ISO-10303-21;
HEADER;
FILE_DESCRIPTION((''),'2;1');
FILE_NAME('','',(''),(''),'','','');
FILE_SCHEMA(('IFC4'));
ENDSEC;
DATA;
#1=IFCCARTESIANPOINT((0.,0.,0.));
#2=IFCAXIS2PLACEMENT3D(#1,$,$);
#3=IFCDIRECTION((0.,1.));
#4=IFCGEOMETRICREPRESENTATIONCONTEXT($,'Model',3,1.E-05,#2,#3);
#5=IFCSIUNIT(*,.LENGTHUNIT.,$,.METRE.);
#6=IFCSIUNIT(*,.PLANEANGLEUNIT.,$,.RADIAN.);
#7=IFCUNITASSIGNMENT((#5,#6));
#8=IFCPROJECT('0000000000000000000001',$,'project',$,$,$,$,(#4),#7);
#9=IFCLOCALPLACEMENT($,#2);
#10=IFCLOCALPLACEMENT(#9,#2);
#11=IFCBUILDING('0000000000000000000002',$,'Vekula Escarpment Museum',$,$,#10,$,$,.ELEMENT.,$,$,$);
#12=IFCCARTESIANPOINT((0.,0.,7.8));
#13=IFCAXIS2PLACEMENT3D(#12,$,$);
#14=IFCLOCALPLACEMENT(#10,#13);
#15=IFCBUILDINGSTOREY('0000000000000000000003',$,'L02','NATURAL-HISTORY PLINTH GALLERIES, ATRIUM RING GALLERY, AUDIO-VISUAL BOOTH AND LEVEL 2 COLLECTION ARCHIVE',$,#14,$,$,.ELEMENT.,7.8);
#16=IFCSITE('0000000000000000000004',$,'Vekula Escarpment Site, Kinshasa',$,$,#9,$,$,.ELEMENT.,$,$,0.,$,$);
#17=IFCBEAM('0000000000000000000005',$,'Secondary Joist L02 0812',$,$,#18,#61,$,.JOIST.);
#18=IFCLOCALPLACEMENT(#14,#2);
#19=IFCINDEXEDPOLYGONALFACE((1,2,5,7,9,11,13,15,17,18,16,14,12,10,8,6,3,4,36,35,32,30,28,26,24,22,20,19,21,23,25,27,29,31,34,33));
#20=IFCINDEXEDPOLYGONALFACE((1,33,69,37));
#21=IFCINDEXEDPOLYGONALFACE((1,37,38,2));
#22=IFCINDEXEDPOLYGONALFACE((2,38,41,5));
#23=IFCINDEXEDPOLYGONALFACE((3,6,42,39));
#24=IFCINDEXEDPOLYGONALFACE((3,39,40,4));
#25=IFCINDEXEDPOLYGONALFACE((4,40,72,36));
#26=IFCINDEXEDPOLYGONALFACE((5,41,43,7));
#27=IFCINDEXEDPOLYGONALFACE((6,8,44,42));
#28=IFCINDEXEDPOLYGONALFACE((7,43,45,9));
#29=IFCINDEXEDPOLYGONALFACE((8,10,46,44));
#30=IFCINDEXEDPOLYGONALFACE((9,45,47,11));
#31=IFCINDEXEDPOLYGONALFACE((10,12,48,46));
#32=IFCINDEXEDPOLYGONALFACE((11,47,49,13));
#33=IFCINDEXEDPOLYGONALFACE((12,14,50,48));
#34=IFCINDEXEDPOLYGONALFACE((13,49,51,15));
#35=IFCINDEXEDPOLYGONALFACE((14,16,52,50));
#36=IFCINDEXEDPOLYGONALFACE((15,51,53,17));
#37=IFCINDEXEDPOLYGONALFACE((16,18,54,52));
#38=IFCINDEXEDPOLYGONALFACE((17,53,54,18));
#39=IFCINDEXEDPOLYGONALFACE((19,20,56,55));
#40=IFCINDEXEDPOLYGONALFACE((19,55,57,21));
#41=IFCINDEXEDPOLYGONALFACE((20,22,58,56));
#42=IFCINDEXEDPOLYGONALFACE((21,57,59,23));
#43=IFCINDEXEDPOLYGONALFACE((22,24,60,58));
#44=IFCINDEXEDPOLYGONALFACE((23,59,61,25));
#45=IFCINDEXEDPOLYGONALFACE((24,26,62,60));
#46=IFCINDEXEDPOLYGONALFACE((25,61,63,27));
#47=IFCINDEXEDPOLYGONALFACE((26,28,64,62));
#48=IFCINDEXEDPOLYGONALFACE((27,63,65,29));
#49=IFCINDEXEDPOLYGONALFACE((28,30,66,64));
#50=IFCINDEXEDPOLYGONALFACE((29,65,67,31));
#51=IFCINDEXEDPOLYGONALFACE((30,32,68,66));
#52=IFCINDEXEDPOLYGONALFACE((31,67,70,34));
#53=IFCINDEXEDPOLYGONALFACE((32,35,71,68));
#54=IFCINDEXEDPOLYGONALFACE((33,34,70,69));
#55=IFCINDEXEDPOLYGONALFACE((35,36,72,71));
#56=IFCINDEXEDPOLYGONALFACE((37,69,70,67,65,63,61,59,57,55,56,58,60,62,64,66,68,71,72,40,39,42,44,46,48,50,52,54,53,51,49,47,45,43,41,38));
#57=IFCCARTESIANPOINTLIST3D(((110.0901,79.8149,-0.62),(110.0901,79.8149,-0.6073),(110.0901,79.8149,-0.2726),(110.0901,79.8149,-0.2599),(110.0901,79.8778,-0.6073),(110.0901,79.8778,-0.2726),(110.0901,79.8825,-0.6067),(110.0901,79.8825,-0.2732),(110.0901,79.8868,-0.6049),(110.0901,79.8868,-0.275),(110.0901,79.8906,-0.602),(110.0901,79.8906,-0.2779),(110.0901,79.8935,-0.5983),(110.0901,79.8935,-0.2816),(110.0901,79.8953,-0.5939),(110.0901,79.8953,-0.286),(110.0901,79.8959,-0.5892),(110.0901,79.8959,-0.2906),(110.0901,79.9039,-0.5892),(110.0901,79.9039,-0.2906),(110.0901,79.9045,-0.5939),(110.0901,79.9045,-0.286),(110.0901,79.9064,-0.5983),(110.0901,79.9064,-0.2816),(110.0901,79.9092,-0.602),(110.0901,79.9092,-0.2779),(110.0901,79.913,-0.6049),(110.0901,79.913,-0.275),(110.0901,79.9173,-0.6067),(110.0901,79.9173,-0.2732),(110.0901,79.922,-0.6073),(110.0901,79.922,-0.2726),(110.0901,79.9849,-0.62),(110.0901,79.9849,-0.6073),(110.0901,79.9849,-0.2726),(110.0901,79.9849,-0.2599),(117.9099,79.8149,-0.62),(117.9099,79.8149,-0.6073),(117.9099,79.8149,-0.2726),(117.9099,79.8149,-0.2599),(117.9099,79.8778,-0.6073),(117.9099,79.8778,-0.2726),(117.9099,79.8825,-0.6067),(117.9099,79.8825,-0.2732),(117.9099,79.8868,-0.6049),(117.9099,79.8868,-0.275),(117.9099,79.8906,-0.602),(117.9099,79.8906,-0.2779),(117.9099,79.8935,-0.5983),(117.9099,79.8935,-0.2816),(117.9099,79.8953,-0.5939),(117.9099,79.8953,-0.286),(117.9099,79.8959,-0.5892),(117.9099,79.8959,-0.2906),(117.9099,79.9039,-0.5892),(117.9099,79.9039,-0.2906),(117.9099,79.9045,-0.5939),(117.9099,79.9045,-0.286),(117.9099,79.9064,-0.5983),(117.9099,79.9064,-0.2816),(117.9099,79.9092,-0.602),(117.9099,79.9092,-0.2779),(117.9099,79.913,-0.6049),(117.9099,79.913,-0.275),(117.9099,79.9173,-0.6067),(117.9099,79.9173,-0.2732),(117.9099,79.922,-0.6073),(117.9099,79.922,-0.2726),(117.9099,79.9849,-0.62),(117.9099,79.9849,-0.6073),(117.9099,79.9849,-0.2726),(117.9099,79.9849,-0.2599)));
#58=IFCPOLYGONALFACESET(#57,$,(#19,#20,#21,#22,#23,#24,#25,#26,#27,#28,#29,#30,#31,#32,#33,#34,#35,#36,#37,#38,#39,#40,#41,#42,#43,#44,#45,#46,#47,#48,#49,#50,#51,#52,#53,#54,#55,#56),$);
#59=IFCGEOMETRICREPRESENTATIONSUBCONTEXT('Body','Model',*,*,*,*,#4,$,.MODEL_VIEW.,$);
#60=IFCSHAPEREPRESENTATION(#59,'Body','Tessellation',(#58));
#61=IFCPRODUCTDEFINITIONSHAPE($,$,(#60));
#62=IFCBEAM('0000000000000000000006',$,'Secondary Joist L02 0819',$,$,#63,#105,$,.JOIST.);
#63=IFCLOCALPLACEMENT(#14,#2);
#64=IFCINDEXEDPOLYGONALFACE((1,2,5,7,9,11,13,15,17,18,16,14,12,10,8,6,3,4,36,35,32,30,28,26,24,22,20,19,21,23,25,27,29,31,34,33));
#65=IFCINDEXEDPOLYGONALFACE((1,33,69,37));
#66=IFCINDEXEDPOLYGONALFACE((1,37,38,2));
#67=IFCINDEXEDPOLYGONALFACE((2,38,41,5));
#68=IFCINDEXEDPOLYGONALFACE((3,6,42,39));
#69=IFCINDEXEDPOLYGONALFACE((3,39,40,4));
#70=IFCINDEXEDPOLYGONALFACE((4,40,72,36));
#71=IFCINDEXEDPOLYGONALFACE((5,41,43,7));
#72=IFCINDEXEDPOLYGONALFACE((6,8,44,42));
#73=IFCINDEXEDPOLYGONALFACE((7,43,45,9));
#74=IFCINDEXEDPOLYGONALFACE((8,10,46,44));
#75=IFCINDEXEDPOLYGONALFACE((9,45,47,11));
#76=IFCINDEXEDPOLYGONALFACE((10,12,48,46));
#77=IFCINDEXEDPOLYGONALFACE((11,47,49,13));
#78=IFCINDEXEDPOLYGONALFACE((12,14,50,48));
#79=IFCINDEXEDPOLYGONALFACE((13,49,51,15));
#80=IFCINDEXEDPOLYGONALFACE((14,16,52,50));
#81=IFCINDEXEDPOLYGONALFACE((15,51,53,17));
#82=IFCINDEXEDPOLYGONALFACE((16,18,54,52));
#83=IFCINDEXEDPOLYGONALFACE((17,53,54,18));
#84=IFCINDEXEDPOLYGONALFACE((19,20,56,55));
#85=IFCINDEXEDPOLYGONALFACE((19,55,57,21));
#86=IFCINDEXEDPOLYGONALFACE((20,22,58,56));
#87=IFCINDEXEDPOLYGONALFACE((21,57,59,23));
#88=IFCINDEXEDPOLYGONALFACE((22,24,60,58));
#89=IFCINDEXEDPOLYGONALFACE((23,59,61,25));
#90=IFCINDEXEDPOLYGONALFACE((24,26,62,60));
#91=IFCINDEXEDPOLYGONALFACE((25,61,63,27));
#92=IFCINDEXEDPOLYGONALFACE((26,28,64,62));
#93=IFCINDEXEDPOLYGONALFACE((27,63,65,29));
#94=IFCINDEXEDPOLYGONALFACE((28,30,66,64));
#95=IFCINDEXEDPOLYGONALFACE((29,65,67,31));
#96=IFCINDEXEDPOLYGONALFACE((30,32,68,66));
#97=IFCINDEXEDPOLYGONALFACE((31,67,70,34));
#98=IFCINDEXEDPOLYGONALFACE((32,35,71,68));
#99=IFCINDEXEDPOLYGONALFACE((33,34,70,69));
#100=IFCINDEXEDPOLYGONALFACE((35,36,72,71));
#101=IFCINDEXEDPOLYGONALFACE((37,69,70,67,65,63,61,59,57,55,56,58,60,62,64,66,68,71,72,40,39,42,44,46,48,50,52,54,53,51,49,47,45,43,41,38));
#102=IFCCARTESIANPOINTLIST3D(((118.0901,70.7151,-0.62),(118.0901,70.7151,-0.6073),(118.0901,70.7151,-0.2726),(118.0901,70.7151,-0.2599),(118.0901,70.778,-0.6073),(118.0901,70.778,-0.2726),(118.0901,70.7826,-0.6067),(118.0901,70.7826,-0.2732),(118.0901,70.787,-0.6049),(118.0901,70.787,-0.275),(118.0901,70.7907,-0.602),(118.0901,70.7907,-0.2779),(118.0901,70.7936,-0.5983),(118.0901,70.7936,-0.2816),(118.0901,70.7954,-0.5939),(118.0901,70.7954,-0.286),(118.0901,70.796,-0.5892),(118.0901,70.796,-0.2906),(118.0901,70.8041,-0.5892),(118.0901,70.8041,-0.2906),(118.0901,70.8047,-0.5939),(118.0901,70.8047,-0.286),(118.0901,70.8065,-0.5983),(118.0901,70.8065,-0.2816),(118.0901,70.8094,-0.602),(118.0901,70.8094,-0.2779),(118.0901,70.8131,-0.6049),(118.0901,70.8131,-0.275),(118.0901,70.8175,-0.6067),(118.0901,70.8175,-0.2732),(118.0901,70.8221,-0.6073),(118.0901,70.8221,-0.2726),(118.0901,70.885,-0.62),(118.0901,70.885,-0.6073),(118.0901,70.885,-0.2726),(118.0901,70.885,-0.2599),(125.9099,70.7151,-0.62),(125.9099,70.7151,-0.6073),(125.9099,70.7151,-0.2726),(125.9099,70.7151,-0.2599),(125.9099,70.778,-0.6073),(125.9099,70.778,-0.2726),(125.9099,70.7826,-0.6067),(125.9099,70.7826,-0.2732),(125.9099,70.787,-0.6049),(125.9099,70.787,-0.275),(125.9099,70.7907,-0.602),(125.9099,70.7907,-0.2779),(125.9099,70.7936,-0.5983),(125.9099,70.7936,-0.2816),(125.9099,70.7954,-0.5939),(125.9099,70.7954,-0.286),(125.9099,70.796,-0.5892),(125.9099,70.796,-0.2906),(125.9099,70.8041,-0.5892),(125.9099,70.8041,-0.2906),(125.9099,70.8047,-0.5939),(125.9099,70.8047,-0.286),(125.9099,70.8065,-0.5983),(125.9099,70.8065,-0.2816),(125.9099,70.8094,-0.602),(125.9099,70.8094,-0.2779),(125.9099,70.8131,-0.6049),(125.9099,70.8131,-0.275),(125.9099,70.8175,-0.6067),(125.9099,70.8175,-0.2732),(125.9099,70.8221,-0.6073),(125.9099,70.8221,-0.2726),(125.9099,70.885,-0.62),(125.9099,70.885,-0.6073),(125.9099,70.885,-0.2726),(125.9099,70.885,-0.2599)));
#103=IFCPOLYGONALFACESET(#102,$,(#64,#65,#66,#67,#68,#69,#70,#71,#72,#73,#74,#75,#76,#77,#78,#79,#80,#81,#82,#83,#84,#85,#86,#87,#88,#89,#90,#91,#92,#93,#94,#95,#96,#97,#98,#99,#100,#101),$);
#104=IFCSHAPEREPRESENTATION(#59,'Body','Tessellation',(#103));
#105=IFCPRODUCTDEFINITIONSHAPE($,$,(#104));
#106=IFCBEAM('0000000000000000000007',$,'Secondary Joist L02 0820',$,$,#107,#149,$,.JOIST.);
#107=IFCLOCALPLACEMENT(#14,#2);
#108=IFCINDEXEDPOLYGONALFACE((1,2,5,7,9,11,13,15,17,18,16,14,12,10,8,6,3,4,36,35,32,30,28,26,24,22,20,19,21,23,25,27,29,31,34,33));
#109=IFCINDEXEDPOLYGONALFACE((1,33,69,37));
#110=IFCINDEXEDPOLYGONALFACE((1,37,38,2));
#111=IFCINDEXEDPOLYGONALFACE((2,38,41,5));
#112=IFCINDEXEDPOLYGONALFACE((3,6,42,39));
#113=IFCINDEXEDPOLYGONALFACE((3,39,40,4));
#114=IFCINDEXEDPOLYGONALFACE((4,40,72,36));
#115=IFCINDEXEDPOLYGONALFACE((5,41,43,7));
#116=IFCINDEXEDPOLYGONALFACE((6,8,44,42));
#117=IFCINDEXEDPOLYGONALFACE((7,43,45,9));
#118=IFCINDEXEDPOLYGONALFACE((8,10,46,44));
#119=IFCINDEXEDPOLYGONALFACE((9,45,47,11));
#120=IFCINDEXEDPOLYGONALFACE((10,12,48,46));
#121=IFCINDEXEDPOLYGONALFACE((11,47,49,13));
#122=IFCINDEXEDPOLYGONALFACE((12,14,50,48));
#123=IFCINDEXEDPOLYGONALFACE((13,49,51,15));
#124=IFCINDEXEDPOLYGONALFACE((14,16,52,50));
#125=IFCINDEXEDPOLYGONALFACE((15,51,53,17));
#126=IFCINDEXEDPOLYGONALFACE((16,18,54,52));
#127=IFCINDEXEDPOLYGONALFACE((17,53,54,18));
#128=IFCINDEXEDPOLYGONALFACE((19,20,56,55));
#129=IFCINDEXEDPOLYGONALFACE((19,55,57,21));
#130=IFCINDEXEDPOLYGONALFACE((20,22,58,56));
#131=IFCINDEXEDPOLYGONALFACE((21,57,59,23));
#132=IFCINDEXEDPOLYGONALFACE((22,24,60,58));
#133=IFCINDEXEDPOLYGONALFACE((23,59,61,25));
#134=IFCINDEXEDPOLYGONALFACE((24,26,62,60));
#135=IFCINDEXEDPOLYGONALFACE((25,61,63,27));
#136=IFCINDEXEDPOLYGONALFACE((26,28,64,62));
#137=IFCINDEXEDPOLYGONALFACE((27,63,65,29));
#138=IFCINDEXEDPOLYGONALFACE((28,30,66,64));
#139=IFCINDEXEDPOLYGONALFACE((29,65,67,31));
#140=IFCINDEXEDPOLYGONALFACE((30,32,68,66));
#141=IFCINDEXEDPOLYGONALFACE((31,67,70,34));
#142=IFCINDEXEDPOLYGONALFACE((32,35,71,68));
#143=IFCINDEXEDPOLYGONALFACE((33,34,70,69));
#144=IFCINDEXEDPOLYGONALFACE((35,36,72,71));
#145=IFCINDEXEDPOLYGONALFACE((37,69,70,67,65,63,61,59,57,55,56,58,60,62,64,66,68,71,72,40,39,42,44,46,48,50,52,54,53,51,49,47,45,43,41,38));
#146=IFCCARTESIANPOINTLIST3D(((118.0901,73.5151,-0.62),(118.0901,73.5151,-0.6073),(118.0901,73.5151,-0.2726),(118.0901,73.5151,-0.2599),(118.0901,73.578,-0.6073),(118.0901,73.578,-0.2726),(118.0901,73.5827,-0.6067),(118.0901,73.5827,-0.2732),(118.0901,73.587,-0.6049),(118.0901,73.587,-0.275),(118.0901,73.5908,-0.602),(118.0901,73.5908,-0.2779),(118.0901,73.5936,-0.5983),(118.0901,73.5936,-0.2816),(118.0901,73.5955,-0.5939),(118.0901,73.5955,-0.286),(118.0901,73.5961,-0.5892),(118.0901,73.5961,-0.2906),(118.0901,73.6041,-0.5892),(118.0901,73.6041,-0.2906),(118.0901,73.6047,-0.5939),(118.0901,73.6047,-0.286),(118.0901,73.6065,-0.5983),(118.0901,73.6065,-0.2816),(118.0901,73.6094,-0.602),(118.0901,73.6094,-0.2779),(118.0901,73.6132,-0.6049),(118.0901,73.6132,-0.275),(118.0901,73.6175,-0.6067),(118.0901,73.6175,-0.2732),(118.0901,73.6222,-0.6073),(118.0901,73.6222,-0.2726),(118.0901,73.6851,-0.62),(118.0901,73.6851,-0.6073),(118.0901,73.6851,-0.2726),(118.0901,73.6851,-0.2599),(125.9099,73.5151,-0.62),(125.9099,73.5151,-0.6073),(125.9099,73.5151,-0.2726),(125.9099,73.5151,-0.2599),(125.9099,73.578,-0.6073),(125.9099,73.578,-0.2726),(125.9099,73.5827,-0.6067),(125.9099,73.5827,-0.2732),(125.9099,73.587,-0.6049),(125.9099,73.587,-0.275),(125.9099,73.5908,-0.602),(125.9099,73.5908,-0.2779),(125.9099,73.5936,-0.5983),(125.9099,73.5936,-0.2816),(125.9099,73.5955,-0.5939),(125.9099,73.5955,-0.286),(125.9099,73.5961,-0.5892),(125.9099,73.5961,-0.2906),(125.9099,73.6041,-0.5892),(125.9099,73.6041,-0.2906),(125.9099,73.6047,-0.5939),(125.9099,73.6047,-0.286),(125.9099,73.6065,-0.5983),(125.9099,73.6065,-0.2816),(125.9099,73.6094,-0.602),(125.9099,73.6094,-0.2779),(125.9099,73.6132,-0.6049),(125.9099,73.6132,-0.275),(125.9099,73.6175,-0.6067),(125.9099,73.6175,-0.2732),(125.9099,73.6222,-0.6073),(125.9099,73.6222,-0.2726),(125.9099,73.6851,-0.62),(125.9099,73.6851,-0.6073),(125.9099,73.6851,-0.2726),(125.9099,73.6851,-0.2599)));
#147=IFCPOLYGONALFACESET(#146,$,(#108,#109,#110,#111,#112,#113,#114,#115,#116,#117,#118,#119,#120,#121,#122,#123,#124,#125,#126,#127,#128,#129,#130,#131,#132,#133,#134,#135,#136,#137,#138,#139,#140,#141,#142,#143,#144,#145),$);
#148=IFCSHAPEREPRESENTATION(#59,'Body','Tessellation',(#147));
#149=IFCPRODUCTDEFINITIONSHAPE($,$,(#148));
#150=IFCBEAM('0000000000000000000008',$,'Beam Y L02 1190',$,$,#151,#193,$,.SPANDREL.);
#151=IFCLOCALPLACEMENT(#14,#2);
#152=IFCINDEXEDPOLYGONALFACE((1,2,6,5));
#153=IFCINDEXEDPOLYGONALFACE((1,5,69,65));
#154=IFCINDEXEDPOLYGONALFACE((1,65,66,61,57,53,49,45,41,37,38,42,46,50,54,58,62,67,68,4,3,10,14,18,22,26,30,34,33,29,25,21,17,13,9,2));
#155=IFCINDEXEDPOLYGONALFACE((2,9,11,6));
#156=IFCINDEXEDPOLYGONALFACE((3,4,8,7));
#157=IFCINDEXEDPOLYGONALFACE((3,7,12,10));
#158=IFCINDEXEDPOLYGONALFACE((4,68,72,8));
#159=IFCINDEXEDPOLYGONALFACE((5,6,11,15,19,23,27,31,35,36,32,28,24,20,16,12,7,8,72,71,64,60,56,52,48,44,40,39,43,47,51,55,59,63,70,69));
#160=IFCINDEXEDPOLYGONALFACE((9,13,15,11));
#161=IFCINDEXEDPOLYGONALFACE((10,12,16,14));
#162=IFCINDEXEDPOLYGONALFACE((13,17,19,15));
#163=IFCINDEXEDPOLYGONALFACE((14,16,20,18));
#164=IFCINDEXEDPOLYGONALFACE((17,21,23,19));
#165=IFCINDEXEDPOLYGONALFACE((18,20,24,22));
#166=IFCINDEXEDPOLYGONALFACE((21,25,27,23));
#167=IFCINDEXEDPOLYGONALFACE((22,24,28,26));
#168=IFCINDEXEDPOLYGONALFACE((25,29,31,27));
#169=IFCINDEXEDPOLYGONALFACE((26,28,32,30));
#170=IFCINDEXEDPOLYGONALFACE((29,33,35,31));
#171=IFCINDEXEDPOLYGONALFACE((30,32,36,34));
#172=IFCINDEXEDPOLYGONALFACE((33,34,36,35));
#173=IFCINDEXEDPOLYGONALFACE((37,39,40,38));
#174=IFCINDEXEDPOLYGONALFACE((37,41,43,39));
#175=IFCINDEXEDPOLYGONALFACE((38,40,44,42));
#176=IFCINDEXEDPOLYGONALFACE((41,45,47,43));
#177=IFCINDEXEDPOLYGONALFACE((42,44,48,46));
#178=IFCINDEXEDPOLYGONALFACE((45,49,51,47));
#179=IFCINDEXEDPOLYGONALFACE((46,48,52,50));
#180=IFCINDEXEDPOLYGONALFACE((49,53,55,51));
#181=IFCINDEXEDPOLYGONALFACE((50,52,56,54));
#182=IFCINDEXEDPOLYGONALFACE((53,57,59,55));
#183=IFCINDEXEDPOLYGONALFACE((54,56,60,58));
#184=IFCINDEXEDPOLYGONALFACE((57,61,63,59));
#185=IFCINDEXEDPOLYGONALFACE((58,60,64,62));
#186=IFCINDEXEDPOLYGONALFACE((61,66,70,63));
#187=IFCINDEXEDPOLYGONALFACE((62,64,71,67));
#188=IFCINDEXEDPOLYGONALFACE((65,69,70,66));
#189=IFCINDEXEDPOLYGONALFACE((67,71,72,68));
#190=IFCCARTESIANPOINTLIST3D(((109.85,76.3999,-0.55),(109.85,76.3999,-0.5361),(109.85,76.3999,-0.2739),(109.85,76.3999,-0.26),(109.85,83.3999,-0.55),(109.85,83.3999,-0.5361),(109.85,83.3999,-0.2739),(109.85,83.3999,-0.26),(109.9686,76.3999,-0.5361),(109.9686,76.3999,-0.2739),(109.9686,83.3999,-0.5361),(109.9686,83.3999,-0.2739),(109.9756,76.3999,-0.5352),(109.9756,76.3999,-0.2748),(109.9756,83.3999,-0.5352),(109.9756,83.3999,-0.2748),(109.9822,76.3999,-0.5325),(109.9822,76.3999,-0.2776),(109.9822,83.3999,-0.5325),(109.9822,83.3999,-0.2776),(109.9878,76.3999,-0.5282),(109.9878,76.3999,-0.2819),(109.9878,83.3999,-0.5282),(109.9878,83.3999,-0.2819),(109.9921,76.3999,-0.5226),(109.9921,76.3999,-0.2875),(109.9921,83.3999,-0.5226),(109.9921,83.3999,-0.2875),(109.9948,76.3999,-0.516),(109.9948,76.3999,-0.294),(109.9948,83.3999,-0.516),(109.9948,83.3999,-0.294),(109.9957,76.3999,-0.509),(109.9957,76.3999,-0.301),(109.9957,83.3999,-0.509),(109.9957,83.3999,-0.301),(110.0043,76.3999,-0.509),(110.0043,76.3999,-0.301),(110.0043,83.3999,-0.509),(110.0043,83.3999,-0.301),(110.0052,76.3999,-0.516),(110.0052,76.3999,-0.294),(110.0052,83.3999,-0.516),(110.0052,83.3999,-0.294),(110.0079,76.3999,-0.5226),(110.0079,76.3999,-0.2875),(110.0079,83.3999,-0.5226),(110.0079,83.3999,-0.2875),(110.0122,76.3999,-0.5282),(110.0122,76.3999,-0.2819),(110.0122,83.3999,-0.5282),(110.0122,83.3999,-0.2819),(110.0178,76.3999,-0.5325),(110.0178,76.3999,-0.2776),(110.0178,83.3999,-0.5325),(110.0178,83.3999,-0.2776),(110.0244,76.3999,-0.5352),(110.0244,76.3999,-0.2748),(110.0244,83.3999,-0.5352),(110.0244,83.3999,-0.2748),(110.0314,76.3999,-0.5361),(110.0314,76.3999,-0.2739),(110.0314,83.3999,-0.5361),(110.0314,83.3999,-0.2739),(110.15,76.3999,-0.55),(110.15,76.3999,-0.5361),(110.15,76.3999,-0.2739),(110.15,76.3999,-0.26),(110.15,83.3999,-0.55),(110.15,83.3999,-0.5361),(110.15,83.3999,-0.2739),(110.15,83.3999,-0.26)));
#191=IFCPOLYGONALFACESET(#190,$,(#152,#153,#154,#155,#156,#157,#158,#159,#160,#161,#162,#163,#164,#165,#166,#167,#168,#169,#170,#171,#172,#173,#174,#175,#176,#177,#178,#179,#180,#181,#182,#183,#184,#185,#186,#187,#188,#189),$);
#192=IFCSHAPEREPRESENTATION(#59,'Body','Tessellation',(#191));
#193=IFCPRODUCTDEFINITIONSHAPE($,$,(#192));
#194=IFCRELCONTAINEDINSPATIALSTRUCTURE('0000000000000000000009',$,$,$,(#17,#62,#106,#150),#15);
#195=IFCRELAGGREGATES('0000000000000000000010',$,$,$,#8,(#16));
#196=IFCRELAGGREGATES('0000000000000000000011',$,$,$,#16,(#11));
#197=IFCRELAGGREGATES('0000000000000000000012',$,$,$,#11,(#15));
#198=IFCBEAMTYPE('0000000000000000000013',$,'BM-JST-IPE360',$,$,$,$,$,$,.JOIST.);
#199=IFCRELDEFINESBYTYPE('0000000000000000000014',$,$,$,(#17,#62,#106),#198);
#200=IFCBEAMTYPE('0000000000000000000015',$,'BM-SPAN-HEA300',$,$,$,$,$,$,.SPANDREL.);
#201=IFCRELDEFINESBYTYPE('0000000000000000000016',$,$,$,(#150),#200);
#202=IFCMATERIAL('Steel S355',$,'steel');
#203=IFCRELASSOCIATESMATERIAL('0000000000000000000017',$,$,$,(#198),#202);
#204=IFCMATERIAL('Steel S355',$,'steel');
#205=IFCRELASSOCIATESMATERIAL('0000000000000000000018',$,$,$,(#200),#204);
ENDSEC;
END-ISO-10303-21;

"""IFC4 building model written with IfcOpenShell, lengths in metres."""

from ifc_helpers import new_model, si_unit, direction, frame, origin, origin_2d, place, context, subcontext, project, spatial, i_section, extrude, material, material_profile, profile_set, type_object, element, save


model = new_model("IFC4")

# Units and contexts
model_context = context("Model", 3, precision=1e-05, world=origin(), true_north=direction((0.0, 1.0)))
body_context = subcontext(model_context, "Body", "Model", "MODEL_VIEW")
ifc_project = project(units=[si_unit("LENGTHUNIT", "METRE"), si_unit("PLANEANGLEUNIT", "RADIAN")], contexts=[model_context])

# Site, building, storey
site_placement = place(None, origin())
site = spatial("IfcSite", under=ifc_project, at=site_placement, Name="Vekula Escarpment Site, Kinshasa", CompositionType="ELEMENT", RefElevation=0.0)
building_placement = place(site_placement, origin())
building = spatial("IfcBuilding", under=site, at=building_placement, Name="Vekula Escarpment Museum", CompositionType="ELEMENT")
storey_placement = place(building_placement, frame((0.0, 0.0, 7.8)))
storey = spatial("IfcBuildingStorey", under=building, at=storey_placement, Name="L02", Description="NATURAL-HISTORY PLINTH GALLERIES, ATRIUM RING GALLERY, AUDIO-VISUAL BOOTH AND LEVEL 2 COLLECTION ARCHIVE", CompositionType="ELEMENT", Elevation=7.8)

# Beams
ifc_material_1 = material(Name="Steel S355", Category="steel")
ifc_material_profile_1 = material_profile(ifc_material_1, i_section(OverallWidth=0.1699, OverallDepth=0.3601, WebThickness=0.0081, FlangeThickness=0.0127, FilletRadius=0.0181, at=origin_2d()), Name="IPE 360")
ifc_profile_set_1 = profile_set([ifc_material_profile_1], Name="Steel S355")
beam_type_1 = type_object("IfcBeamType", Name="BM-JST-IPE360", PredefinedType="JOIST", material=ifc_profile_set_1)
for number, where, z_axis, x_axis, name in (
    (1, (110.0901, 79.8999, -0.4399), (1.0, 0.0, 0.0), (0.0, 1.0, 0.0), "Secondary Joist L02 0812"),
    (2, (118.0901, 70.8, -0.4399), (1.0, 0.0, 0.0), (0.0, 1.0, 0.0), "Secondary Joist L02 0819"),
    (3, (118.0901, 73.6001, -0.4399), (1.0, 0.0, 0.0), (0.0, 1.0, 0.0), "Secondary Joist L02 0820"),
):
    element("IfcBeam", number, at=place(storey_placement, frame(where, z_axis=z_axis, x_axis=x_axis)), inside=storey, type_object=beam_type_1, Name=name, PredefinedType="JOIST", context=body_context, shape_type="SweptSolid", body=[
        extrude(i_section(OverallWidth=0.1699, OverallDepth=0.3601, WebThickness=0.0081, FlangeThickness=0.0127, FilletRadius=0.0181, at=origin_2d()), origin(), (0.0, 0.0, 1.0), 7.8198),
    ])
ifc_material_2 = material(Name="Steel S355", Category="steel")
ifc_material_profile_2 = material_profile(ifc_material_2, i_section(OverallWidth=0.3, OverallDepth=0.29, WebThickness=0.0085, FlangeThickness=0.0139, FilletRadius=0.0271, at=origin_2d()), Name="HEA 300")
ifc_profile_set_2 = profile_set([ifc_material_profile_2], Name="Steel S355")
beam_type_2 = type_object("IfcBeamType", Name="BM-SPAN-HEA300", PredefinedType="SPANDREL", material=ifc_profile_set_2)
for number, where, z_axis, x_axis, name in (
    (4, (110.0, 76.3999, -0.405), (0.0, 1.0, 0.0), (-1.0, 0.0, 0.0), "Beam Y L02 1190"),
):
    element("IfcBeam", number, at=place(storey_placement, frame(where, z_axis=z_axis, x_axis=x_axis)), inside=storey, type_object=beam_type_2, Name=name, PredefinedType="SPANDREL", context=body_context, shape_type="SweptSolid", body=[
        extrude(i_section(OverallWidth=0.3, OverallDepth=0.29, WebThickness=0.0085, FlangeThickness=0.0139, FilletRadius=0.0271, at=origin_2d()), origin(), (0.0, 0.0, 1.0), 7.0),
    ])

save(model, "model.ifc")
